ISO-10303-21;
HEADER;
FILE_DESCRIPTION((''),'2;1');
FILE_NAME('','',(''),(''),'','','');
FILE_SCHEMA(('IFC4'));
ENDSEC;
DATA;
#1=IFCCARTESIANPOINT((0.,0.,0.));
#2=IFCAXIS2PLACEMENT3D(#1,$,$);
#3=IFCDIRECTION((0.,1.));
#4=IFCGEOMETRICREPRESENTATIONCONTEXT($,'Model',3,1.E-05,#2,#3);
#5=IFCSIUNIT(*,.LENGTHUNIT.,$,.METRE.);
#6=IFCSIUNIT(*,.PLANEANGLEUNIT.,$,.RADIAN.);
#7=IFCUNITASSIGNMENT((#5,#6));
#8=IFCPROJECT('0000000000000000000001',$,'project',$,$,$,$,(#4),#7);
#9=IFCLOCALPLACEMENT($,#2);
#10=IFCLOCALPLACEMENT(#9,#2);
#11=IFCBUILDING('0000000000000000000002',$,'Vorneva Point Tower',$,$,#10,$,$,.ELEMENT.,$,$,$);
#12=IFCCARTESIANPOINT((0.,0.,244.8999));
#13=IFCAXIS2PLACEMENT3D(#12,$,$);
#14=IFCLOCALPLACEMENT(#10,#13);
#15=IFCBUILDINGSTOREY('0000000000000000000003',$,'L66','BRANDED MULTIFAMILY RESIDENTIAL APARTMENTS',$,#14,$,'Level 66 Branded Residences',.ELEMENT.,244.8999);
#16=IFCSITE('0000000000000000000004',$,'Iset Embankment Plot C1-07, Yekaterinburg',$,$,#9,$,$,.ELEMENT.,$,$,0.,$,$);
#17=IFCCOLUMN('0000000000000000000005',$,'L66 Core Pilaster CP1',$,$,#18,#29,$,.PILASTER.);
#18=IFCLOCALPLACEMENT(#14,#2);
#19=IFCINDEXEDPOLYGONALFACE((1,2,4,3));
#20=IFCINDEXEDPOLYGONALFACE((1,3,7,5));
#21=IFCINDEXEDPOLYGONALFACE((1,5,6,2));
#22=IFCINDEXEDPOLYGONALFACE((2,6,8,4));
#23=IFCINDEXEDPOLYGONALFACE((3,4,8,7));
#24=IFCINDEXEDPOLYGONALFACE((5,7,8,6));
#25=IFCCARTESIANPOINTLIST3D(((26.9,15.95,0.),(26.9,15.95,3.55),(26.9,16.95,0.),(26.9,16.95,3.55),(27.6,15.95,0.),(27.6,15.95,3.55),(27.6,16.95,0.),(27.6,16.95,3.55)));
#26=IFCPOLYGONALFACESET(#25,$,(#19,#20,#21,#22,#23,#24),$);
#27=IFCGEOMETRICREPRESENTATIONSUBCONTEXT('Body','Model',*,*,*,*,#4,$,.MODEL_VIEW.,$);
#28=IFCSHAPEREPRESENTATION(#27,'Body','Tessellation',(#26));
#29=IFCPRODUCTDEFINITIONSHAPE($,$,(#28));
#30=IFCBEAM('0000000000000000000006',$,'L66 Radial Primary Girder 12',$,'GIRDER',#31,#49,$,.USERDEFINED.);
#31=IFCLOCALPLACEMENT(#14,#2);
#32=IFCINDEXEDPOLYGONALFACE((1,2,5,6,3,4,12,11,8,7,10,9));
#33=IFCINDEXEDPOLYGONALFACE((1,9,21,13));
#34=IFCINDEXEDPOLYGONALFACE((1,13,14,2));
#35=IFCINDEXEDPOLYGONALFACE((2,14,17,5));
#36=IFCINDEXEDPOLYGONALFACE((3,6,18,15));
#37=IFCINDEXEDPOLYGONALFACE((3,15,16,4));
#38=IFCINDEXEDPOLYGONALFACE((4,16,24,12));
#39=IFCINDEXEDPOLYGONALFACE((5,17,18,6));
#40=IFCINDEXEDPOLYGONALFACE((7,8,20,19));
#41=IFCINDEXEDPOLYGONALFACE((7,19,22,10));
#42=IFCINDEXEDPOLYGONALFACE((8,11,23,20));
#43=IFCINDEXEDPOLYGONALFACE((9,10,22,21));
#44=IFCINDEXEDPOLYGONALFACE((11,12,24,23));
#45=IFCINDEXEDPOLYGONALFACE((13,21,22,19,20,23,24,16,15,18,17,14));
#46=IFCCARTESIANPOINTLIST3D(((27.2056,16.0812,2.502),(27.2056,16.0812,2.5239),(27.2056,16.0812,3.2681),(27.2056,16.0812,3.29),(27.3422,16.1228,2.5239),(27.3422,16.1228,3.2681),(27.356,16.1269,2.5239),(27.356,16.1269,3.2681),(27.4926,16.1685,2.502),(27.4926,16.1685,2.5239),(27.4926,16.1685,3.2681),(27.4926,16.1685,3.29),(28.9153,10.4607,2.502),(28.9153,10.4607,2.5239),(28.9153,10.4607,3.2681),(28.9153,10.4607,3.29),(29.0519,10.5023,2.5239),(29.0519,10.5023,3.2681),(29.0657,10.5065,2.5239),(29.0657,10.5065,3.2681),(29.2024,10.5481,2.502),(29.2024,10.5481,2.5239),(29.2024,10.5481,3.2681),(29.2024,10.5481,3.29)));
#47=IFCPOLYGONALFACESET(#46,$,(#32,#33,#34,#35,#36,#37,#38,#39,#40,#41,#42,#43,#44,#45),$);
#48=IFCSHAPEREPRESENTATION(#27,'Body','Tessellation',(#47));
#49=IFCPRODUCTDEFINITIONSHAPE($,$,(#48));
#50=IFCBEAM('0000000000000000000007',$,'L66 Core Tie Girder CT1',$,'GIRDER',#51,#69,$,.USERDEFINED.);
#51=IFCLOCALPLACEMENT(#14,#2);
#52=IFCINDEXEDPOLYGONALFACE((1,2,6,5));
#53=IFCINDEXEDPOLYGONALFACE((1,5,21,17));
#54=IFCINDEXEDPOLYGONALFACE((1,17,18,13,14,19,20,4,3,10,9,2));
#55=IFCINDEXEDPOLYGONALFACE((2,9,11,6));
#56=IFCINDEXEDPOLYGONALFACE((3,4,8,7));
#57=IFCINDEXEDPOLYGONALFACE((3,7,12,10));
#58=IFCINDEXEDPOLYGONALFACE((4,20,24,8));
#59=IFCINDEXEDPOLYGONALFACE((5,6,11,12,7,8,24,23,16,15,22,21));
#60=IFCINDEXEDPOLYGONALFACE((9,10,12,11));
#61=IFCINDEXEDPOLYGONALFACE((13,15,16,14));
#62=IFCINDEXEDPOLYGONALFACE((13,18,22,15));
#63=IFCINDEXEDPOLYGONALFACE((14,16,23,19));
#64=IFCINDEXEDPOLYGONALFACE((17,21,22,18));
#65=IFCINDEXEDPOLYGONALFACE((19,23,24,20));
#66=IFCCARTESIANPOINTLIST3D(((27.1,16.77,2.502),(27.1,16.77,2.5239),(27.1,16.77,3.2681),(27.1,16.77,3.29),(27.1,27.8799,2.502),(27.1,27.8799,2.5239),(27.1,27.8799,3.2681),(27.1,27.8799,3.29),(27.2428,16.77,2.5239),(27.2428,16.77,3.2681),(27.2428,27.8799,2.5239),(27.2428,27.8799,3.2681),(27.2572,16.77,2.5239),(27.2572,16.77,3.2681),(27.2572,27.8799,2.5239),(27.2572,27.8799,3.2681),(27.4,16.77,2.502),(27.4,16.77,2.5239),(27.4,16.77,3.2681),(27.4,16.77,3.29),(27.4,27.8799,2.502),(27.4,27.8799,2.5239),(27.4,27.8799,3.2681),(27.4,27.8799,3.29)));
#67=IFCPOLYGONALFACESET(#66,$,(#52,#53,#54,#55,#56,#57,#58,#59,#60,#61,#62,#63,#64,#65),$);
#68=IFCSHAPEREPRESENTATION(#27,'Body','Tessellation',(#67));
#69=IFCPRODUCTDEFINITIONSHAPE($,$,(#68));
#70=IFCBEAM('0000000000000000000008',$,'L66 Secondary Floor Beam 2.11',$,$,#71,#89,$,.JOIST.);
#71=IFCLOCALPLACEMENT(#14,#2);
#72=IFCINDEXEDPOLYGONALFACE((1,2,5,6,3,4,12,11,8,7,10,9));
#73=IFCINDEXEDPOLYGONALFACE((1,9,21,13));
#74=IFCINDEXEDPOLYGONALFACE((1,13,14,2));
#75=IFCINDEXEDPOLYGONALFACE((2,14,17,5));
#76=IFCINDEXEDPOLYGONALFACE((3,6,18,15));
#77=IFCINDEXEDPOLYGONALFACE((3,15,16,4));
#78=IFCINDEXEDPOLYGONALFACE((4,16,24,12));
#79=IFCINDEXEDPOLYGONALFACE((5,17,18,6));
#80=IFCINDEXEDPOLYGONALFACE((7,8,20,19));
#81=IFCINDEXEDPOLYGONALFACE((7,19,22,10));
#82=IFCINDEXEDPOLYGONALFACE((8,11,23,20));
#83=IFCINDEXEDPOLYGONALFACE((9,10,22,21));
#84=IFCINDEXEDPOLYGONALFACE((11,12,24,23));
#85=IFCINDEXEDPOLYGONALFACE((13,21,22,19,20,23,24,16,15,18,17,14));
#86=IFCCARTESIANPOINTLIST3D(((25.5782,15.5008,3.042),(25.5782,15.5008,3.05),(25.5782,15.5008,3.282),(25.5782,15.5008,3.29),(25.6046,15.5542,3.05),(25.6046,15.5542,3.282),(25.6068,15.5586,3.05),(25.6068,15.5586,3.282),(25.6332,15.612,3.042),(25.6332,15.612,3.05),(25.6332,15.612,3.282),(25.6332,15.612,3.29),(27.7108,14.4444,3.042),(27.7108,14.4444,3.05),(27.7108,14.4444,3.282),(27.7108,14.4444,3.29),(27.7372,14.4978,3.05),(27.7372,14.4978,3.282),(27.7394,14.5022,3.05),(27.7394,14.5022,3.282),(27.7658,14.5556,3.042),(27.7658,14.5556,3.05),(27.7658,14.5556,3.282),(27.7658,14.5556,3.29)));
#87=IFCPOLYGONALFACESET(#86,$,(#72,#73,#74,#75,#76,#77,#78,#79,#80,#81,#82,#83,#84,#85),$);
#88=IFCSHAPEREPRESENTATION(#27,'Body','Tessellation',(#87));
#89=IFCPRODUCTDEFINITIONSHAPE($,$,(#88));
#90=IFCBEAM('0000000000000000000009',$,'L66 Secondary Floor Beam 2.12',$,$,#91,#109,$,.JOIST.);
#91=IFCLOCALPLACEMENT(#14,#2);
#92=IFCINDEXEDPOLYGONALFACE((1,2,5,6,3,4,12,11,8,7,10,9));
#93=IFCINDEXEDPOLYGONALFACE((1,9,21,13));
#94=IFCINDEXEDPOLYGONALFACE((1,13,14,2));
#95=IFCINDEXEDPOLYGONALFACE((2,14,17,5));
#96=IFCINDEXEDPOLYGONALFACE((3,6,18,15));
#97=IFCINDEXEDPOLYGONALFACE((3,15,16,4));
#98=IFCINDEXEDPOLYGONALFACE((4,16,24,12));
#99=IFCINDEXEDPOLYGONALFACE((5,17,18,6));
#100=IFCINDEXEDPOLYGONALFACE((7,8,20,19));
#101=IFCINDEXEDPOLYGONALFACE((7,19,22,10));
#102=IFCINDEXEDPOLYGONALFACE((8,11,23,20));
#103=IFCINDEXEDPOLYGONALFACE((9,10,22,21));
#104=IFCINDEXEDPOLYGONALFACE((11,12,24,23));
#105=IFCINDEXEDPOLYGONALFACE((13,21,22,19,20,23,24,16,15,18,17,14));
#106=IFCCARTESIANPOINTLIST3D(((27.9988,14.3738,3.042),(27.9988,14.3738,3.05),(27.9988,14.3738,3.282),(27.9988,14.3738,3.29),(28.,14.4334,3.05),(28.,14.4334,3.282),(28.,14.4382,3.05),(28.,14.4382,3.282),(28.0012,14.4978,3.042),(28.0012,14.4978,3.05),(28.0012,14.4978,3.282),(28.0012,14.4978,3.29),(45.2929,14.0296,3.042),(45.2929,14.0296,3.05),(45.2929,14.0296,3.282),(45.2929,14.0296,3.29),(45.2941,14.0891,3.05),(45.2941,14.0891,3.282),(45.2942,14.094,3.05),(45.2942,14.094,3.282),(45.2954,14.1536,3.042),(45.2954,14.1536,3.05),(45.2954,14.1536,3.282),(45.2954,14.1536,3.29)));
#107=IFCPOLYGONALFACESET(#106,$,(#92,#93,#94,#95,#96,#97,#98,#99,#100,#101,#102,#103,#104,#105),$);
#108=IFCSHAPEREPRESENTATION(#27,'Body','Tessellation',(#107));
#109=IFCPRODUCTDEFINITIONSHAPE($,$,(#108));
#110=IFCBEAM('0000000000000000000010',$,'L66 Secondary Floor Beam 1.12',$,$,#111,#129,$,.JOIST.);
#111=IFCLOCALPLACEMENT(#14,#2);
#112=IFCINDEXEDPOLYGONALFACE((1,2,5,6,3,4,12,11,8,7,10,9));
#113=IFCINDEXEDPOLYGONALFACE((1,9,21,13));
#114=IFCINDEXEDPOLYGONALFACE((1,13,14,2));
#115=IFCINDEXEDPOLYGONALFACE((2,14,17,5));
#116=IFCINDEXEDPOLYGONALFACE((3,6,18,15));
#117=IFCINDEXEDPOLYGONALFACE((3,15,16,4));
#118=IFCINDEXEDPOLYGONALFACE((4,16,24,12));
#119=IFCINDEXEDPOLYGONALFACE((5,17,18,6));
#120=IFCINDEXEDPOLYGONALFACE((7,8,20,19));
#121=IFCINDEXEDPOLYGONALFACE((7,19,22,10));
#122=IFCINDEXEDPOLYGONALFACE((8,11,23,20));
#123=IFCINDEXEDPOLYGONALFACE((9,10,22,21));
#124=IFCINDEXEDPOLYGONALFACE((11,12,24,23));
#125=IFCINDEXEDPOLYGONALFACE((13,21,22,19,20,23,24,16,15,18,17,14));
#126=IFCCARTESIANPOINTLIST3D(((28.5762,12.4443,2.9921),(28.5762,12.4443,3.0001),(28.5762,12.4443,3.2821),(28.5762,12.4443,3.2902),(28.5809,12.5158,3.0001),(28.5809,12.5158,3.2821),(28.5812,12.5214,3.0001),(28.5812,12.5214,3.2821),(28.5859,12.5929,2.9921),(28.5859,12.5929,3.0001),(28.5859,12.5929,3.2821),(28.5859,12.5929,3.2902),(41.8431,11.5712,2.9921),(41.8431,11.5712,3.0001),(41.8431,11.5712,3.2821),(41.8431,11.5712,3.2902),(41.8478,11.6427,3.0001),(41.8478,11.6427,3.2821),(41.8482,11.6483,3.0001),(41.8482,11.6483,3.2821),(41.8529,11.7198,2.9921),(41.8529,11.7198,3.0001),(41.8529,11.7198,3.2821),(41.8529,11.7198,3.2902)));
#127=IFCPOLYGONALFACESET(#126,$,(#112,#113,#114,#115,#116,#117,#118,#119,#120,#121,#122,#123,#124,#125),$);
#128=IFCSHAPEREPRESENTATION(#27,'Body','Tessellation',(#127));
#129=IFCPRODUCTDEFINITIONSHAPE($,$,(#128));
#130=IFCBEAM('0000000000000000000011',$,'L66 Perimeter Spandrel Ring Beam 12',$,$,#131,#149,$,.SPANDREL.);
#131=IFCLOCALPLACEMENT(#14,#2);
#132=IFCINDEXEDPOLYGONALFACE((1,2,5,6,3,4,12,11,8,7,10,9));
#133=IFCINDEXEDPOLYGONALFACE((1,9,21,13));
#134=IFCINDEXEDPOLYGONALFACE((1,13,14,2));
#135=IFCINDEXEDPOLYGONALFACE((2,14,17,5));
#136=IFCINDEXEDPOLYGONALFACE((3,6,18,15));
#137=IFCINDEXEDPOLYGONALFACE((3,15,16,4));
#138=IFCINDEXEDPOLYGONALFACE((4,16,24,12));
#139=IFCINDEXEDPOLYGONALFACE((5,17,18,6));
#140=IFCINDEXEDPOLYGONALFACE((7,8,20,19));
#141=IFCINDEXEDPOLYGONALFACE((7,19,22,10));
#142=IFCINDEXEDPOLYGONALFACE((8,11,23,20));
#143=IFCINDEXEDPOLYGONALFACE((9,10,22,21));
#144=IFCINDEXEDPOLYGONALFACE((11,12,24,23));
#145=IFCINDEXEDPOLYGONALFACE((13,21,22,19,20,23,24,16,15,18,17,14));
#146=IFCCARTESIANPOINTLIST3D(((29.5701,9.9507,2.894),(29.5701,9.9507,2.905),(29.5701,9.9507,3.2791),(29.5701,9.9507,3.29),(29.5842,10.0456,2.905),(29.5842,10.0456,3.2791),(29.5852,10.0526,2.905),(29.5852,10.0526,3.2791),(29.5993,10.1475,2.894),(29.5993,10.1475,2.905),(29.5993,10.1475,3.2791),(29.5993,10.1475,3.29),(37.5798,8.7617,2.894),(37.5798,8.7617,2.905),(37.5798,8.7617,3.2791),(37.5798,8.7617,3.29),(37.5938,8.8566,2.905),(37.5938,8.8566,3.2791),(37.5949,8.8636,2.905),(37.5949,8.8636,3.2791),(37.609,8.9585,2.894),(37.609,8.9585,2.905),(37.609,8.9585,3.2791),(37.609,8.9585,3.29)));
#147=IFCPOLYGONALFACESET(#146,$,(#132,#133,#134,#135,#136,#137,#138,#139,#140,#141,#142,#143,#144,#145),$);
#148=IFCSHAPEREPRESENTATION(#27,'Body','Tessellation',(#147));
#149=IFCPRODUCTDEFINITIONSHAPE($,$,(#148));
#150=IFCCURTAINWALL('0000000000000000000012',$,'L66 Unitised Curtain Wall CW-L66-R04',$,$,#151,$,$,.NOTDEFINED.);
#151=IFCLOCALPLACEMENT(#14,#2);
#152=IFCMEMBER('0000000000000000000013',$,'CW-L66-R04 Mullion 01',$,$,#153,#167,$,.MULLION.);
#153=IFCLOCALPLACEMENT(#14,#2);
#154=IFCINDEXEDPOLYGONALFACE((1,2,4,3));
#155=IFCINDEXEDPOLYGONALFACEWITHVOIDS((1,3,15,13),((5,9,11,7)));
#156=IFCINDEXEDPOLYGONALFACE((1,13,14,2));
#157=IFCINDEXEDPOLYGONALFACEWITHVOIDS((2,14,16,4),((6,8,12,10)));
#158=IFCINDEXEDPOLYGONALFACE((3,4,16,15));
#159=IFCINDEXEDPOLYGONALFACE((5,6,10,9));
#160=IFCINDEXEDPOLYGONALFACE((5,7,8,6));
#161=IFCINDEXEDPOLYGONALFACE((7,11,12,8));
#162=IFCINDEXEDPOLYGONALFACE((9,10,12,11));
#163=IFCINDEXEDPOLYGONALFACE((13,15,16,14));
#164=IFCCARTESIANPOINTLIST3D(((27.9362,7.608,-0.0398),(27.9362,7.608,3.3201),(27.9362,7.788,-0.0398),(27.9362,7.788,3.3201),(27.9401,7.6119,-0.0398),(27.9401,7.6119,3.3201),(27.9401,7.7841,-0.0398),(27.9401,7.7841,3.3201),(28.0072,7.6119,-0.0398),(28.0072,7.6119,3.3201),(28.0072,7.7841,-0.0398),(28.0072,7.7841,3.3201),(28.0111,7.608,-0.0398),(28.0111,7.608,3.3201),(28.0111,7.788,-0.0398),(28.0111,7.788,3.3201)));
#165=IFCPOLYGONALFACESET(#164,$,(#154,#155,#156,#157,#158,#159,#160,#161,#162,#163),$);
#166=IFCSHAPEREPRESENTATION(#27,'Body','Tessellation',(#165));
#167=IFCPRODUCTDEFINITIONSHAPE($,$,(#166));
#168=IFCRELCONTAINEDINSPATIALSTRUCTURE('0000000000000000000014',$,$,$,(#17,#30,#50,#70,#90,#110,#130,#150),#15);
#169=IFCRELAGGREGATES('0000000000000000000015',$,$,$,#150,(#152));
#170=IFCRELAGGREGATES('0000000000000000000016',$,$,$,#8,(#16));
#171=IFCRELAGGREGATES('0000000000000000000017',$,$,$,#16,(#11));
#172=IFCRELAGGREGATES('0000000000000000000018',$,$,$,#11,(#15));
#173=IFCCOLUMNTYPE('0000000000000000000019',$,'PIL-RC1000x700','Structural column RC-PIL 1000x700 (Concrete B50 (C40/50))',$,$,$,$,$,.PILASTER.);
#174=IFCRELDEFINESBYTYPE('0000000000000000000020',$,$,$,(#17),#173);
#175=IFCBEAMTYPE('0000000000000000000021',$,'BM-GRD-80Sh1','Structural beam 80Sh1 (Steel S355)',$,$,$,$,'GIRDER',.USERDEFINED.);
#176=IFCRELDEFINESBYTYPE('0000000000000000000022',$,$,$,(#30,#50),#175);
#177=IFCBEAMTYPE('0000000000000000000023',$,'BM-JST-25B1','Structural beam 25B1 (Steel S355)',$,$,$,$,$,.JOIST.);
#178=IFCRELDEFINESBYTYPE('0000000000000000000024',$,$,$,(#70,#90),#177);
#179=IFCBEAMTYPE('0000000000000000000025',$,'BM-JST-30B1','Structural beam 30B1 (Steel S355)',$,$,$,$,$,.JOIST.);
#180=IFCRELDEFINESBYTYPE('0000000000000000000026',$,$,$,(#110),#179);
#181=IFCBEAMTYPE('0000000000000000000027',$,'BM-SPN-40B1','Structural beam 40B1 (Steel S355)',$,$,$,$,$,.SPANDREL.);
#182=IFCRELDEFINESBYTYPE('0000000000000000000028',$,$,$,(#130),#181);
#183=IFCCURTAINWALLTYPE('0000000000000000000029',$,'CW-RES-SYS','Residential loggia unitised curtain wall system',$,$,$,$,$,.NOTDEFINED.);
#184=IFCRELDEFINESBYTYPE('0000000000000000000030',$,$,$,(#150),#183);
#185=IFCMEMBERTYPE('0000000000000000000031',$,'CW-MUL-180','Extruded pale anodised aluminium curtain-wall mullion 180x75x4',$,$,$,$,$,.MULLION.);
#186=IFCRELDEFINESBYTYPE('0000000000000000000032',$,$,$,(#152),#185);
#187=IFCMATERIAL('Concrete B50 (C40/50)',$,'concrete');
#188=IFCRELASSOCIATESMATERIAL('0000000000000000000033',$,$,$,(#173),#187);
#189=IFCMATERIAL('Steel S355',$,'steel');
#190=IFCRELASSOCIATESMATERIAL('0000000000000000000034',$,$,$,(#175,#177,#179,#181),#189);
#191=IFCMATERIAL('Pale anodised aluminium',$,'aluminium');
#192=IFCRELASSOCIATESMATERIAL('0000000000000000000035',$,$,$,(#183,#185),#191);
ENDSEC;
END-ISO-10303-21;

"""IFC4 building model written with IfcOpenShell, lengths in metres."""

from ifc_helpers import new_model, si_unit, direction, frame, origin, origin_2d, place, context, subcontext, project, spatial, rectangle, hollow_rectangle, i_section, extrude, material, material_profile, profile_set, type_object, element, aggregate, save


model = new_model("IFC4")

# Units and contexts
model_context = context("Model", 3, precision=1e-05, world=origin(), true_north=direction((0.0, 1.0)))
body_context = subcontext(model_context, "Body", "Model", "MODEL_VIEW")
ifc_project = project(units=[si_unit("LENGTHUNIT", "METRE"), si_unit("PLANEANGLEUNIT", "RADIAN")], contexts=[model_context])

# Site, building, storey
site_placement = place(None, origin())
site = spatial("IfcSite", under=ifc_project, at=site_placement, Name="Iset Embankment Plot C1-07, Yekaterinburg", CompositionType="ELEMENT", RefElevation=0.0)
building_placement = place(site_placement, origin())
building = spatial("IfcBuilding", under=site, at=building_placement, Name="Vorneva Point Tower", CompositionType="ELEMENT")
storey_placement = place(building_placement, frame((0.0, 0.0, 244.8999)))
storey = spatial("IfcBuildingStorey", under=building, at=storey_placement, Name="L66", Description="BRANDED MULTIFAMILY RESIDENTIAL APARTMENTS", LongName="Level 66 Branded Residences", CompositionType="ELEMENT", Elevation=244.8999)

# Column
ifc_material_1 = material(Name="Concrete B50 (C40/50)", Category="concrete")
ifc_material_profile_1 = material_profile(ifc_material_1, rectangle(XDim=0.7, YDim=1.0, at=origin_2d()), Name="RC-PIL 1000x700")
ifc_profile_set_1 = profile_set([ifc_material_profile_1], Name="Concrete B50 (C40/50)")
column_type_1 = type_object("IfcColumnType", Name="PIL-RC1000x700", Description="Structural column RC-PIL 1000x700 (Concrete B50 (C40/50))", PredefinedType="PILASTER", material=ifc_profile_set_1)
column_1_placement = place(storey_placement, frame((27.25, 16.45, 0.0), z_axis=(0.0, 0.0, 1.0), x_axis=(1.0, 0.0, 0.0)))
element("IfcColumn", 1, at=column_1_placement, inside=storey, type_object=column_type_1, Name="L66 Core Pilaster CP1", PredefinedType="PILASTER", context=body_context, shape_type="SweptSolid", body=[
    extrude(rectangle(XDim=0.7, YDim=1.0, at=origin_2d()), origin(), (0.0, 0.0, 1.0), 3.55),
])

# Beams
ifc_material_2 = material(Name="Steel S355", Category="steel")
ifc_material_profile_2 = material_profile(ifc_material_2, i_section(OverallWidth=0.3, OverallDepth=0.7881, WebThickness=0.0144, FlangeThickness=0.022, at=origin_2d()), Name="80Sh1")
ifc_profile_set_2 = profile_set([ifc_material_profile_2], Name="Steel S355")
beam_type_1 = type_object("IfcBeamType", Name="BM-GRD-80Sh1", Description="Structural beam 80Sh1 (Steel S355)", ElementType="GIRDER", PredefinedType="USERDEFINED", material=ifc_profile_set_2)
beam_1_placement = place(storey_placement, frame((29.0588, 10.5044, 2.896), z_axis=(-0.291033, 0.956713, 0.0), x_axis=(-0.956713, -0.291033, 0.0)))
element("IfcBeam", 2, at=beam_1_placement, inside=storey, type_object=beam_type_1, Name="L66 Radial Primary Girder 12", ObjectType="GIRDER", PredefinedType="USERDEFINED", context=body_context, shape_type="SweptSolid", body=[
    extrude(i_section(OverallWidth=0.3, OverallDepth=0.7881, WebThickness=0.0144, FlangeThickness=0.022, at=origin_2d()), origin(), (0.0, 0.0, 1.0), 5.8748),
])
beam_2_placement = place(storey_placement, frame((27.25, 16.77, 2.896), z_axis=(0.0, 1.0, 0.0), x_axis=(-1.0, 0.0, 0.0)))
element("IfcBeam", 3, at=beam_2_placement, inside=storey, type_object=beam_type_1, Name="L66 Core Tie Girder CT1", ObjectType="GIRDER", PredefinedType="USERDEFINED", context=body_context, shape_type="SweptSolid", body=[
    extrude(i_section(OverallWidth=0.3, OverallDepth=0.7881, WebThickness=0.0144, FlangeThickness=0.022, at=origin_2d()), origin(), (0.0, 0.0, 1.0), 11.1099),
])
ifc_material_profile_3 = material_profile(ifc_material_2, i_section(OverallWidth=0.124, OverallDepth=0.248, WebThickness=0.0049, FlangeThickness=0.0081, at=origin_2d()), Name="25B1")
ifc_profile_set_3 = profile_set([ifc_material_profile_3], Name="Steel S355")
beam_type_2 = type_object("IfcBeamType", Name="BM-JST-25B1", Description="Structural beam 25B1 (Steel S355)", PredefinedType="JOIST", material=ifc_profile_set_3)
beam_3_placement = place(storey_placement, frame((25.6057, 15.5564, 3.166), z_axis=(0.896083, -0.443887, 0.0), x_axis=(0.443887, 0.896083, 0.0)))
element("IfcBeam", 4, at=beam_3_placement, inside=storey, type_object=beam_type_2, Name="L66 Secondary Floor Beam 2.11", PredefinedType="JOIST", context=body_context, shape_type="SweptSolid", body=[
    extrude(i_section(OverallWidth=0.124, OverallDepth=0.248, WebThickness=0.0049, FlangeThickness=0.0081, at=origin_2d()), origin(), (0.0, 0.0, 1.0), 2.3799),
])
beam_4_placement = place(storey_placement, frame((28.0, 14.4358, 3.166), z_axis=(0.999802, -0.019901, 0.0), x_axis=(0.019901, 0.999802, 0.0)))
element("IfcBeam", 5, at=beam_4_placement, inside=storey, type_object=beam_type_2, Name="L66 Secondary Floor Beam 2.12", PredefinedType="JOIST", context=body_context, shape_type="SweptSolid", body=[
    extrude(i_section(OverallWidth=0.124, OverallDepth=0.248, WebThickness=0.0049, FlangeThickness=0.0081, at=origin_2d()), origin(), (0.0, 0.0, 1.0), 17.2976),
])
ifc_material_profile_4 = material_profile(ifc_material_2, i_section(OverallWidth=0.1489, OverallDepth=0.2981, WebThickness=0.0056, FlangeThickness=0.0081, at=origin_2d()), Name="30B1")
ifc_profile_set_4 = profile_set([ifc_material_profile_4], Name="Steel S355")
beam_type_3 = type_object("IfcBeamType", Name="BM-JST-30B1", Description="Structural beam 30B1 (Steel S355)", PredefinedType="JOIST", material=ifc_profile_set_4)
beam_5_placement = place(storey_placement, frame((28.5811, 12.5186, 3.1411), z_axis=(0.997842, -0.065665, 0.0), x_axis=(0.065665, 0.997842, 0.0)))
element("IfcBeam", 6, at=beam_5_placement, inside=storey, type_object=beam_type_3, Name="L66 Secondary Floor Beam 1.12", PredefinedType="JOIST", context=body_context, shape_type="SweptSolid", body=[
    extrude(i_section(OverallWidth=0.1489, OverallDepth=0.2981, WebThickness=0.0056, FlangeThickness=0.0081, at=origin_2d()), origin(), (0.0, 0.0, 1.0), 13.2957),
])
ifc_material_profile_5 = material_profile(ifc_material_2, i_section(OverallWidth=0.199, OverallDepth=0.396, WebThickness=0.0071, FlangeThickness=0.011, at=origin_2d()), Name="40B1")
ifc_profile_set_5 = profile_set([ifc_material_profile_5], Name="Steel S355")
beam_type_4 = type_object("IfcBeamType", Name="BM-SPN-40B1", Description="Structural beam 40B1 (Steel S355)", PredefinedType="SPANDREL", material=ifc_profile_set_5)
beam_6_placement = place(storey_placement, frame((29.5847, 10.0491, 3.092), z_axis=(0.989162, -0.146831, 0.0), x_axis=(0.146831, 0.989162, 0.0)))
element("IfcBeam", 7, at=beam_6_placement, inside=storey, type_object=beam_type_4, Name="L66 Perimeter Spandrel Ring Beam 12", PredefinedType="SPANDREL", context=body_context, shape_type="SweptSolid", body=[
    extrude(i_section(OverallWidth=0.199, OverallDepth=0.396, WebThickness=0.0071, FlangeThickness=0.011, at=origin_2d()), origin(), (0.0, 0.0, 1.0), 8.0974),
])

# Curtain wall, member
ifc_material_3 = material(Name="Pale anodised aluminium", Category="aluminium")
curtain_wall_type = type_object("IfcCurtainWallType", Name="CW-RES-SYS", Description="Residential loggia unitised curtain wall system", PredefinedType="NOTDEFINED", material=ifc_material_3)
curtain_wall_placement = place(storey_placement, origin())
curtain_wall = element("IfcCurtainWall", 8, at=curtain_wall_placement, inside=storey, type_object=curtain_wall_type, Name="L66 Unitised Curtain Wall CW-L66-R04", PredefinedType="NOTDEFINED")
ifc_material_profile_6 = material_profile(ifc_material_3, hollow_rectangle(XDim=0.075, YDim=0.1799, WallThickness=0.0039, at=origin_2d()), Name="AL-MUL 180x75x4")
ifc_profile_set_6 = profile_set([ifc_material_profile_6], Name="Pale anodised aluminium")
member_type_1 = type_object("IfcMemberType", Name="CW-MUL-180", Description="Extruded pale anodised aluminium curtain-wall mullion 180x75x4", PredefinedType="MULLION", material=ifc_profile_set_6)
member_1_placement = place(storey_placement, frame((27.9736, 7.698, -0.0398), z_axis=(0.0, 0.0, 1.0), x_axis=(1.0, 0.0, 0.0)))
member_1 = element("IfcMember", 9, at=member_1_placement, type_object=member_type_1, Name="CW-L66-R04 Mullion 01", PredefinedType="MULLION", context=body_context, shape_type="SweptSolid", body=[
    extrude(hollow_rectangle(XDim=0.075, YDim=0.1799, WallThickness=0.0039, at=origin_2d()), origin(), (0.0, 0.0, 1.0), 3.3599),
])
aggregate(curtain_wall, [member_1])

save(model, "model.ifc")
